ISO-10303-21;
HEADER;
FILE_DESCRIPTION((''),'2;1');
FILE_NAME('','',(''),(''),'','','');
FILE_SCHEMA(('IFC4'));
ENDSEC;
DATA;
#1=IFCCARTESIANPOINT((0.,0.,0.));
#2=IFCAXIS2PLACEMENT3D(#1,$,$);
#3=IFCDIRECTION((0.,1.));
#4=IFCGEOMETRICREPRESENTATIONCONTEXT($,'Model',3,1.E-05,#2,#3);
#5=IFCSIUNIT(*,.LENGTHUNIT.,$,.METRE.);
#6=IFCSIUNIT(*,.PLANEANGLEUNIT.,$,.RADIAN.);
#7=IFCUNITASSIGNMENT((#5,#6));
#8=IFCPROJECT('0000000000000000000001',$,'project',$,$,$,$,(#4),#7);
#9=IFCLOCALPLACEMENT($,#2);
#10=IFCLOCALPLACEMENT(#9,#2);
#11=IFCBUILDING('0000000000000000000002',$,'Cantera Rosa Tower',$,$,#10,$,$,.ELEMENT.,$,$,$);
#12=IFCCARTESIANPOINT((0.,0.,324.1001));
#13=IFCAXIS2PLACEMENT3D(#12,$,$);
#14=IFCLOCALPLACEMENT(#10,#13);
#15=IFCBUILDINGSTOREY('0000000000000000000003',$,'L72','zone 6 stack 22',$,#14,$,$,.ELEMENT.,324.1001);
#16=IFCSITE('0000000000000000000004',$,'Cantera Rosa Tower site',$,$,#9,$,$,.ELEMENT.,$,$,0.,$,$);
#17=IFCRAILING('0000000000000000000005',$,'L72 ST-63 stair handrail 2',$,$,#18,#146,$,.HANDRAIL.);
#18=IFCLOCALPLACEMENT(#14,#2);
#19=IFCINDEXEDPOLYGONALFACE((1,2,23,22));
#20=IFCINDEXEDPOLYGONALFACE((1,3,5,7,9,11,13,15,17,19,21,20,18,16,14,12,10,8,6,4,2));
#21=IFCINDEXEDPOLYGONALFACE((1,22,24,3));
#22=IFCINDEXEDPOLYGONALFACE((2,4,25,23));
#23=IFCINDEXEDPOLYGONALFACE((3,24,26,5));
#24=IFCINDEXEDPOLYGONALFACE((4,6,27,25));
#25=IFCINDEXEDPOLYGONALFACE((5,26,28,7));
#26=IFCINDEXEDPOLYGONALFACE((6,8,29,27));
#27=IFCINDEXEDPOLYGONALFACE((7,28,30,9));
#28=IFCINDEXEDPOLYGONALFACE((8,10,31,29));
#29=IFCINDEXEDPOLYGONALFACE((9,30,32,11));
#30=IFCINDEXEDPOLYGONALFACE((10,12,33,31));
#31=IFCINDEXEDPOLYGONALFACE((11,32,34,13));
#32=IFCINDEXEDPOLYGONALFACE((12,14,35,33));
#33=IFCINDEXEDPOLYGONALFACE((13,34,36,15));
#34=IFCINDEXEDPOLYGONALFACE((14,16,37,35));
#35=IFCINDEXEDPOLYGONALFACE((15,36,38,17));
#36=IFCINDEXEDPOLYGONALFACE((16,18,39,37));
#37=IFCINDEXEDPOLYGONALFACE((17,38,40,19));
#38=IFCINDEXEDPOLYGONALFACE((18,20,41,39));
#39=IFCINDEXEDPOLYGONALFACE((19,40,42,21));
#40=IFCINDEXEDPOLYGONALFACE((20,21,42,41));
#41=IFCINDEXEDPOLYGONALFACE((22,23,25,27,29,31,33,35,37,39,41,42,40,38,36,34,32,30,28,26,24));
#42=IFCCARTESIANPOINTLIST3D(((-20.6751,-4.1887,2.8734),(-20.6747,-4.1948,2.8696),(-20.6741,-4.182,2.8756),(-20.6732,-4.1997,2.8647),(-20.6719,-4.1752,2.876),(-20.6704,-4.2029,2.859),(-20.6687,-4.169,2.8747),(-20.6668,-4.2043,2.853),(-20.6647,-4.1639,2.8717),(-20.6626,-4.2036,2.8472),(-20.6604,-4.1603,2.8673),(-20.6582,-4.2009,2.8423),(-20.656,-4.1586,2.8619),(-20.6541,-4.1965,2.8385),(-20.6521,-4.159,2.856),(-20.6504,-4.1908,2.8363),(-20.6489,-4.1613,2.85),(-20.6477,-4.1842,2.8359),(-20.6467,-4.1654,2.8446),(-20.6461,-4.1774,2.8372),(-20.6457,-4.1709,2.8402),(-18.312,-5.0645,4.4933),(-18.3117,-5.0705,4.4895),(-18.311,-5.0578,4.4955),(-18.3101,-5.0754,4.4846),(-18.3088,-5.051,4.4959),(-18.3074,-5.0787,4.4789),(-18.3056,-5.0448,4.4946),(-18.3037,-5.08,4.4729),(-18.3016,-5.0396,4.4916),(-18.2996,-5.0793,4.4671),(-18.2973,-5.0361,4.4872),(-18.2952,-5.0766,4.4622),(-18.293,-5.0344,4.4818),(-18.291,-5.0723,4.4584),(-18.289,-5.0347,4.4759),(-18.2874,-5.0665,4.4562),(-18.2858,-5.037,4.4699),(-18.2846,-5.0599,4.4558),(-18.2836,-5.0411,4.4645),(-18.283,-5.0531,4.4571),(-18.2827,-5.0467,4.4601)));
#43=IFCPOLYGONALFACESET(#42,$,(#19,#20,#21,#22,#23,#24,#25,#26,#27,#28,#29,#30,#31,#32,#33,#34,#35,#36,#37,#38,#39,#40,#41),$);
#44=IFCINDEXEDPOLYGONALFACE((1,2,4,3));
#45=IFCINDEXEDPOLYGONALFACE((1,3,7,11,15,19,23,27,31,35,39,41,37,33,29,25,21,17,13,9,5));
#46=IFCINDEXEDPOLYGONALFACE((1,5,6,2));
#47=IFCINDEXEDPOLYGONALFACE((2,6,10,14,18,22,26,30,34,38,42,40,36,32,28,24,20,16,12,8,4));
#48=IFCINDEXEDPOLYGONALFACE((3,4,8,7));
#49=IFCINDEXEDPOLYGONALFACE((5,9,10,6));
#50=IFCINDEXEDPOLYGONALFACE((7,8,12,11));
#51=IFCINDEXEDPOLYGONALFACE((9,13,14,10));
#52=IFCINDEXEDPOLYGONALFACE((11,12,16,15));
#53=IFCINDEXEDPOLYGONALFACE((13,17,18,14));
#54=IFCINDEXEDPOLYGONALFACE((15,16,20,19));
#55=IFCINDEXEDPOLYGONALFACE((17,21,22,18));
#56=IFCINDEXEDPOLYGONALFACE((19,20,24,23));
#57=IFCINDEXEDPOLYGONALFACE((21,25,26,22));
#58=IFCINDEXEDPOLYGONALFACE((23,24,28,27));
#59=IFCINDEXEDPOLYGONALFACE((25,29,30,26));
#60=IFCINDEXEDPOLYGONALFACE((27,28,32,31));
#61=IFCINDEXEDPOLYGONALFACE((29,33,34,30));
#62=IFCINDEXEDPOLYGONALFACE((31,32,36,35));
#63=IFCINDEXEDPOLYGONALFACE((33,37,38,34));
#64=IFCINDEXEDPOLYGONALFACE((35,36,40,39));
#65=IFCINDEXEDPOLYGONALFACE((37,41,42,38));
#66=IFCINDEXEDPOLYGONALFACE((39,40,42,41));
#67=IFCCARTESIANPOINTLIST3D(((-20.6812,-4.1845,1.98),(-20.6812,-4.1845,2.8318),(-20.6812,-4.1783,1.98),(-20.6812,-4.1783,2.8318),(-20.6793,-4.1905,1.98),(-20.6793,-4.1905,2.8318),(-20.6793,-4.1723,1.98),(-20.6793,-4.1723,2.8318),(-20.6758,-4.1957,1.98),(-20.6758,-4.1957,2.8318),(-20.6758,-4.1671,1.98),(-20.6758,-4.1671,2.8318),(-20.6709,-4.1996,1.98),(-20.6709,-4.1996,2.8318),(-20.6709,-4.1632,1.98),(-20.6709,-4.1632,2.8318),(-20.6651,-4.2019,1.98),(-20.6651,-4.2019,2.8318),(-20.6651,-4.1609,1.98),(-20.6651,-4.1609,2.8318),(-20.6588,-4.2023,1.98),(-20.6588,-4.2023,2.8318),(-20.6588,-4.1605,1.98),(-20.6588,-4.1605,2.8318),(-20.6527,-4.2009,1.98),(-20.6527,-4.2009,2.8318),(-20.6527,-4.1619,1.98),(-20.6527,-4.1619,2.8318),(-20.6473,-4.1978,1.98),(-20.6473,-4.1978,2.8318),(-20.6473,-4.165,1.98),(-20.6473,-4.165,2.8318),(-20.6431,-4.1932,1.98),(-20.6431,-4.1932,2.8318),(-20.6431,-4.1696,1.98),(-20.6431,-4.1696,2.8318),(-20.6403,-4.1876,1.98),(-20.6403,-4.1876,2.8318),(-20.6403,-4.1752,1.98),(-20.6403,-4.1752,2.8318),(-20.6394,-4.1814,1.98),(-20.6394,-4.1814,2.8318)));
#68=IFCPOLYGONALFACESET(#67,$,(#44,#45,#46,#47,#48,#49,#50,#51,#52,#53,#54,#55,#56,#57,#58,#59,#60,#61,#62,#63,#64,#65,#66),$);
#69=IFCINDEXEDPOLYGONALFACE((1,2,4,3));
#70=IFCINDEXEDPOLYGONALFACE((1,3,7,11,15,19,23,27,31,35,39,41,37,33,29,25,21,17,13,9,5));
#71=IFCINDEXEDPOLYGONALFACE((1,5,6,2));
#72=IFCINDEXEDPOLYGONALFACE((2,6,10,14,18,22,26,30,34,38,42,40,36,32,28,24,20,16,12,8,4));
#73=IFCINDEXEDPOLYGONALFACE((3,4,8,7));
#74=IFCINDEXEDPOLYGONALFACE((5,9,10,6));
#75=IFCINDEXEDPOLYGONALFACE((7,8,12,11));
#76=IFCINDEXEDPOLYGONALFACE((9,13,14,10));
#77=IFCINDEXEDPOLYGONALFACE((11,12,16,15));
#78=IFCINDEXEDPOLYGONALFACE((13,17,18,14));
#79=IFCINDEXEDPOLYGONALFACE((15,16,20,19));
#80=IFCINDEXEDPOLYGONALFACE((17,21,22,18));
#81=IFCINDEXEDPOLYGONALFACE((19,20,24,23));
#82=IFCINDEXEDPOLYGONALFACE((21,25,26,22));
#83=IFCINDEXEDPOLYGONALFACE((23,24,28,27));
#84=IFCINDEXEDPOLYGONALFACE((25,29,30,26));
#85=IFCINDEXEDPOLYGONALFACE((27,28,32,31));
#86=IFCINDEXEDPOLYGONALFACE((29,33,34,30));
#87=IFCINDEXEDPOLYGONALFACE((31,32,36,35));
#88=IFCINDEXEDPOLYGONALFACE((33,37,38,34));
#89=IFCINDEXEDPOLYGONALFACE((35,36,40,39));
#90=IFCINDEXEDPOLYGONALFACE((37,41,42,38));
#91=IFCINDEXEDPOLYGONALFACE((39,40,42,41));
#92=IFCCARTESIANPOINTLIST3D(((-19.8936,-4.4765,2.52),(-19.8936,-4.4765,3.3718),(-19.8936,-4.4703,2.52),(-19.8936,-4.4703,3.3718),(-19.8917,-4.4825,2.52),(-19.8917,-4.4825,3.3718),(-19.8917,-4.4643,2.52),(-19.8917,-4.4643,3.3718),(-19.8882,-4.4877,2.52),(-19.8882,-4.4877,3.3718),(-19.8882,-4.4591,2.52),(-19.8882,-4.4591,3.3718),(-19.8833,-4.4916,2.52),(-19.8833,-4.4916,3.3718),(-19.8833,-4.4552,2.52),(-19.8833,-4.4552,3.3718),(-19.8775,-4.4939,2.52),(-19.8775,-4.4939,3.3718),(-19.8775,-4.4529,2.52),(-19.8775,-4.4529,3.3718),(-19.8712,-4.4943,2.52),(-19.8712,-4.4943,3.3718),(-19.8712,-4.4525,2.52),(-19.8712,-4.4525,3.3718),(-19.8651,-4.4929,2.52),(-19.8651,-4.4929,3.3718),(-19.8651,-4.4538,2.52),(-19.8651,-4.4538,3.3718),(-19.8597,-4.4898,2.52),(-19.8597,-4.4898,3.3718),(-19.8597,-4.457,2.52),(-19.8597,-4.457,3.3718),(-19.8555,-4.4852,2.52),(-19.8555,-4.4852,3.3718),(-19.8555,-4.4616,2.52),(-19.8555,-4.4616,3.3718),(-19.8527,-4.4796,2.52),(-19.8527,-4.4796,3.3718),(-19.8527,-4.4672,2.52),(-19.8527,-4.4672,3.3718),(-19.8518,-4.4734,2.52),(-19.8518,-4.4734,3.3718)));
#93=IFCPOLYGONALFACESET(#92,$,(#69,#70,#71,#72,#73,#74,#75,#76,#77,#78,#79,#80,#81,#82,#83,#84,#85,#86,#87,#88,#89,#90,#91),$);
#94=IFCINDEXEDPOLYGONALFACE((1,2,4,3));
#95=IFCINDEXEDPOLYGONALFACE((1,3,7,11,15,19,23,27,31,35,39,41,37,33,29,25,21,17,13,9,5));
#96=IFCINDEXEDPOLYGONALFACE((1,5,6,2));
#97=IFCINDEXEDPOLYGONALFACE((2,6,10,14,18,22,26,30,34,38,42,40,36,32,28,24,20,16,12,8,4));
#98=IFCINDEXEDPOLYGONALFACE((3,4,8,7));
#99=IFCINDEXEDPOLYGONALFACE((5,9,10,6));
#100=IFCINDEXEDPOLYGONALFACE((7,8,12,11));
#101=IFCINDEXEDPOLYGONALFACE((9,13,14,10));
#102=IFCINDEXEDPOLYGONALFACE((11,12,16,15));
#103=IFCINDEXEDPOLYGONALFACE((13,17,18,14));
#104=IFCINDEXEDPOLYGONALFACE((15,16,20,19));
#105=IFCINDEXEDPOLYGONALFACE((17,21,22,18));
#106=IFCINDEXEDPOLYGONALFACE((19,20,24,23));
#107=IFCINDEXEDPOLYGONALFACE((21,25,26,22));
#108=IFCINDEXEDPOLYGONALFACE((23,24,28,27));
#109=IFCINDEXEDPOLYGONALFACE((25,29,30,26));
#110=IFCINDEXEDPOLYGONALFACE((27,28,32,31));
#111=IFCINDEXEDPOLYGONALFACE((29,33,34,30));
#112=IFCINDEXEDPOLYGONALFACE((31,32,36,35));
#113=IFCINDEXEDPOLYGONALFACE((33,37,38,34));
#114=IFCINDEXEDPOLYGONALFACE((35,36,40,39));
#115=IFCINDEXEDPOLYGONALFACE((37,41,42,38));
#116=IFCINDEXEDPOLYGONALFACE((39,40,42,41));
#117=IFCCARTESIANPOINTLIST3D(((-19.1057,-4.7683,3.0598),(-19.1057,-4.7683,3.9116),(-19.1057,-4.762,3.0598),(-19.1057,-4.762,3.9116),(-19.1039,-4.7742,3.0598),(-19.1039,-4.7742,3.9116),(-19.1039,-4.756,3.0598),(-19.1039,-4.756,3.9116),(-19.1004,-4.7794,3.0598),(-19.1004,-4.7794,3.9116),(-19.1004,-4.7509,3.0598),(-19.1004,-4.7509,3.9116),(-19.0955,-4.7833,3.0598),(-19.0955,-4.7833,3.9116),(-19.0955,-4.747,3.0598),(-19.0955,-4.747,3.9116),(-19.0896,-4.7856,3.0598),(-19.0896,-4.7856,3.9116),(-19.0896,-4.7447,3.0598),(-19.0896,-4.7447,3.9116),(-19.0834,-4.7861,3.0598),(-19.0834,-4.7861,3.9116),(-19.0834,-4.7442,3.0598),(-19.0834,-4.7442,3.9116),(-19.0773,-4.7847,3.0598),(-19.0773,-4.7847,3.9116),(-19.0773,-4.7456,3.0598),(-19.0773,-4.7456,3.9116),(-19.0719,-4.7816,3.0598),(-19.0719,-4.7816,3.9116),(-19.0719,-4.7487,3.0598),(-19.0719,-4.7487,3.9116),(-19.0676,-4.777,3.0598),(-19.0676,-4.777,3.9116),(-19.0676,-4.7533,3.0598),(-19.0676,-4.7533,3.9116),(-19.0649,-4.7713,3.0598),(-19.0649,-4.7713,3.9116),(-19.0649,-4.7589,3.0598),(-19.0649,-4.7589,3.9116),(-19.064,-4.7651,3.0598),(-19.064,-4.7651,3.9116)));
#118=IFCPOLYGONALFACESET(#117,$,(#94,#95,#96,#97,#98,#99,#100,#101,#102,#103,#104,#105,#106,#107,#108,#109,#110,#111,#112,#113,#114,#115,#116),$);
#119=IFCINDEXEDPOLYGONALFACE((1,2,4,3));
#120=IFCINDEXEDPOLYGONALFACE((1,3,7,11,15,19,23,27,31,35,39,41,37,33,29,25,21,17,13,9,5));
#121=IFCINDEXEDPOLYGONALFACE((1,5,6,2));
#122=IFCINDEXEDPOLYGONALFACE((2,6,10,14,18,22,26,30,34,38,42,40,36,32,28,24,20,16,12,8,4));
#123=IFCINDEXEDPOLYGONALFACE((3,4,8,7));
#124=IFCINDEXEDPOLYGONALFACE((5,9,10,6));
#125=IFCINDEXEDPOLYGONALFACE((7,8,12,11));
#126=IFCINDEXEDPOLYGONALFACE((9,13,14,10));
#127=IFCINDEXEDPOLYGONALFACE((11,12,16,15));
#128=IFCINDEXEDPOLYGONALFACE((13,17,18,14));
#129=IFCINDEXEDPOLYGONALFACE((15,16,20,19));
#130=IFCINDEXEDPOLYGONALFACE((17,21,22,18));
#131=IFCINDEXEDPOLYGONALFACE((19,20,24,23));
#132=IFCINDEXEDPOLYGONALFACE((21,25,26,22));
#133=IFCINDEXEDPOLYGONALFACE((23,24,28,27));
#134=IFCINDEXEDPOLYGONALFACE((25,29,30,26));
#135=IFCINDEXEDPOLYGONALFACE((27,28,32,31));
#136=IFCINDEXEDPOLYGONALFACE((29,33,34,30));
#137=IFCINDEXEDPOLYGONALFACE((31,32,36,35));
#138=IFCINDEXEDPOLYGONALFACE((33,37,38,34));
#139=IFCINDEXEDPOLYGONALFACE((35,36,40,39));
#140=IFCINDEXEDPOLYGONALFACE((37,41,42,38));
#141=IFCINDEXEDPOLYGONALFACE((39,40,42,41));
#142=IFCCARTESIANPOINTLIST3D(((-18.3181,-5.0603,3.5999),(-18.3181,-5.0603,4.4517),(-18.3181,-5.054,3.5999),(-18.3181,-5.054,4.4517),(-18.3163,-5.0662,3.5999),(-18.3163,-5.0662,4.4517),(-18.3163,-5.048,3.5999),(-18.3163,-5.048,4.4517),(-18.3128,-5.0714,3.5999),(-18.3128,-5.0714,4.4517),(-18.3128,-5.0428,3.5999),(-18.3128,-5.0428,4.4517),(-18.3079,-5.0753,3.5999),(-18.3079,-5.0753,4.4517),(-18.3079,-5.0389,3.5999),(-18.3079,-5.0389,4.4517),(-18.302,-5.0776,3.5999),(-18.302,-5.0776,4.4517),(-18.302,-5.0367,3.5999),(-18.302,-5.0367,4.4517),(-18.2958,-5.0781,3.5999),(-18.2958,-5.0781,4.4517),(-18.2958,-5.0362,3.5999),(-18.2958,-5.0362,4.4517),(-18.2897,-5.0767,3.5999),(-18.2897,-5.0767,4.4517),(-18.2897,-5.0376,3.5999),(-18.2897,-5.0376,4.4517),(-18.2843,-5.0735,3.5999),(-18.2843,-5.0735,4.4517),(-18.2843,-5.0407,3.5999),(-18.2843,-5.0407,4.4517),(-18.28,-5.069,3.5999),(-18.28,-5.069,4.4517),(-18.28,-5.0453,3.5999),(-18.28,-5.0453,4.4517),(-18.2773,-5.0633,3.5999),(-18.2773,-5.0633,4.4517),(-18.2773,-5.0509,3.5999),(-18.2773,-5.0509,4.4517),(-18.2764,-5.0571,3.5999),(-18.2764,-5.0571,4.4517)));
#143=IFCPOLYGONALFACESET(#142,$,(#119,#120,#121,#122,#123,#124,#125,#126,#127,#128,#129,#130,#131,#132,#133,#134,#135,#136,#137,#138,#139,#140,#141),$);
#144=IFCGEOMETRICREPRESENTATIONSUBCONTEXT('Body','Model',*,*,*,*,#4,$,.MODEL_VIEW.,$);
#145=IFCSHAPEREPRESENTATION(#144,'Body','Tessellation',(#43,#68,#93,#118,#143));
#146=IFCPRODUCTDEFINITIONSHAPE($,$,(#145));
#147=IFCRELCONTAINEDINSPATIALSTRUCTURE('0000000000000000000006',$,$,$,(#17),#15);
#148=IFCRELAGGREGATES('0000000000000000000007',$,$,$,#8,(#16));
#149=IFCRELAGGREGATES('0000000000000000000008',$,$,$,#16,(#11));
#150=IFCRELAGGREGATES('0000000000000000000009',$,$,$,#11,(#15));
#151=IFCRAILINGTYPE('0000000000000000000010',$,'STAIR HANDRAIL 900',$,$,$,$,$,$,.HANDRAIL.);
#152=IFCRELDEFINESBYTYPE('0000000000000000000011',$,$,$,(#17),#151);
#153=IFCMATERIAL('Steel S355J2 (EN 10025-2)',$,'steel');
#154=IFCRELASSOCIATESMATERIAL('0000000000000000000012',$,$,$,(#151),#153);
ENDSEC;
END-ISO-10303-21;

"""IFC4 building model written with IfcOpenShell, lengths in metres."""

from ifc_helpers import new_model, si_unit, direction, frame, origin, origin_2d, place, context, subcontext, project, spatial, circle, extrude, material, type_object, element, save


model = new_model("IFC4")

# Units and contexts
model_context = context("Model", 3, precision=1e-05, world=origin(), true_north=direction((0.0, 1.0)))
body_context = subcontext(model_context, "Body", "Model", "MODEL_VIEW")
ifc_project = project(units=[si_unit("LENGTHUNIT", "METRE"), si_unit("PLANEANGLEUNIT", "RADIAN")], contexts=[model_context])

# Site, building, storey
site_placement = place(None, origin())
site = spatial("IfcSite", under=ifc_project, at=site_placement, Name="Cantera Rosa Tower site", CompositionType="ELEMENT", RefElevation=0.0)
building_placement = place(site_placement, origin())
building = spatial("IfcBuilding", under=site, at=building_placement, Name="Cantera Rosa Tower", CompositionType="ELEMENT")
storey_placement = place(building_placement, frame((0.0, 0.0, 324.1001)))
storey = spatial("IfcBuildingStorey", under=building, at=storey_placement, Name="L72", Description="zone 6 stack 22", CompositionType="ELEMENT", Elevation=324.1001)

# Railing
ifc_material_1 = material(Name="Steel S355J2 (EN 10025-2)", Category="steel")
railing_type_1 = type_object("IfcRailingType", Name="STAIR HANDRAIL 900", PredefinedType="HANDRAIL", material=ifc_material_1)
railing_1_placement = place(storey_placement, frame((-20.6604, -4.1814, 1.98)))
element("IfcRailing", 1, at=railing_1_placement, inside=storey, type_object=railing_type_1, Name="L72 ST-63 stair handrail 2", PredefinedType="HANDRAIL", context=body_context, shape_type="SweptSolid", body=[
    extrude(circle(Radius=0.0239, at=origin_2d()), frame((0.0, 0.0, 0.876), z_axis=(0.788782, -0.29232, 0.540714), x_axis=(0.347501, 0.93768, 0.0)), (0.0, 0.0, 1.0), 2.9958),
    extrude(circle(Radius=0.021, at=origin_2d()), origin(), (0.0, 0.0, 1.0), 0.8518),
    extrude(circle(Radius=0.021, at=origin_2d()), frame((0.7876, -0.292, 0.54)), (0.0, 0.0, 1.0), 0.8518),
    extrude(circle(Radius=0.021, at=origin_2d()), frame((1.5754, -0.5837, 1.0798)), (0.0, 0.0, 1.0), 0.8518),
    extrude(circle(Radius=0.021, at=origin_2d()), frame((2.363, -0.8757, 1.6199)), (0.0, 0.0, 1.0), 0.8518),
])

save(model, "model.ifc")
